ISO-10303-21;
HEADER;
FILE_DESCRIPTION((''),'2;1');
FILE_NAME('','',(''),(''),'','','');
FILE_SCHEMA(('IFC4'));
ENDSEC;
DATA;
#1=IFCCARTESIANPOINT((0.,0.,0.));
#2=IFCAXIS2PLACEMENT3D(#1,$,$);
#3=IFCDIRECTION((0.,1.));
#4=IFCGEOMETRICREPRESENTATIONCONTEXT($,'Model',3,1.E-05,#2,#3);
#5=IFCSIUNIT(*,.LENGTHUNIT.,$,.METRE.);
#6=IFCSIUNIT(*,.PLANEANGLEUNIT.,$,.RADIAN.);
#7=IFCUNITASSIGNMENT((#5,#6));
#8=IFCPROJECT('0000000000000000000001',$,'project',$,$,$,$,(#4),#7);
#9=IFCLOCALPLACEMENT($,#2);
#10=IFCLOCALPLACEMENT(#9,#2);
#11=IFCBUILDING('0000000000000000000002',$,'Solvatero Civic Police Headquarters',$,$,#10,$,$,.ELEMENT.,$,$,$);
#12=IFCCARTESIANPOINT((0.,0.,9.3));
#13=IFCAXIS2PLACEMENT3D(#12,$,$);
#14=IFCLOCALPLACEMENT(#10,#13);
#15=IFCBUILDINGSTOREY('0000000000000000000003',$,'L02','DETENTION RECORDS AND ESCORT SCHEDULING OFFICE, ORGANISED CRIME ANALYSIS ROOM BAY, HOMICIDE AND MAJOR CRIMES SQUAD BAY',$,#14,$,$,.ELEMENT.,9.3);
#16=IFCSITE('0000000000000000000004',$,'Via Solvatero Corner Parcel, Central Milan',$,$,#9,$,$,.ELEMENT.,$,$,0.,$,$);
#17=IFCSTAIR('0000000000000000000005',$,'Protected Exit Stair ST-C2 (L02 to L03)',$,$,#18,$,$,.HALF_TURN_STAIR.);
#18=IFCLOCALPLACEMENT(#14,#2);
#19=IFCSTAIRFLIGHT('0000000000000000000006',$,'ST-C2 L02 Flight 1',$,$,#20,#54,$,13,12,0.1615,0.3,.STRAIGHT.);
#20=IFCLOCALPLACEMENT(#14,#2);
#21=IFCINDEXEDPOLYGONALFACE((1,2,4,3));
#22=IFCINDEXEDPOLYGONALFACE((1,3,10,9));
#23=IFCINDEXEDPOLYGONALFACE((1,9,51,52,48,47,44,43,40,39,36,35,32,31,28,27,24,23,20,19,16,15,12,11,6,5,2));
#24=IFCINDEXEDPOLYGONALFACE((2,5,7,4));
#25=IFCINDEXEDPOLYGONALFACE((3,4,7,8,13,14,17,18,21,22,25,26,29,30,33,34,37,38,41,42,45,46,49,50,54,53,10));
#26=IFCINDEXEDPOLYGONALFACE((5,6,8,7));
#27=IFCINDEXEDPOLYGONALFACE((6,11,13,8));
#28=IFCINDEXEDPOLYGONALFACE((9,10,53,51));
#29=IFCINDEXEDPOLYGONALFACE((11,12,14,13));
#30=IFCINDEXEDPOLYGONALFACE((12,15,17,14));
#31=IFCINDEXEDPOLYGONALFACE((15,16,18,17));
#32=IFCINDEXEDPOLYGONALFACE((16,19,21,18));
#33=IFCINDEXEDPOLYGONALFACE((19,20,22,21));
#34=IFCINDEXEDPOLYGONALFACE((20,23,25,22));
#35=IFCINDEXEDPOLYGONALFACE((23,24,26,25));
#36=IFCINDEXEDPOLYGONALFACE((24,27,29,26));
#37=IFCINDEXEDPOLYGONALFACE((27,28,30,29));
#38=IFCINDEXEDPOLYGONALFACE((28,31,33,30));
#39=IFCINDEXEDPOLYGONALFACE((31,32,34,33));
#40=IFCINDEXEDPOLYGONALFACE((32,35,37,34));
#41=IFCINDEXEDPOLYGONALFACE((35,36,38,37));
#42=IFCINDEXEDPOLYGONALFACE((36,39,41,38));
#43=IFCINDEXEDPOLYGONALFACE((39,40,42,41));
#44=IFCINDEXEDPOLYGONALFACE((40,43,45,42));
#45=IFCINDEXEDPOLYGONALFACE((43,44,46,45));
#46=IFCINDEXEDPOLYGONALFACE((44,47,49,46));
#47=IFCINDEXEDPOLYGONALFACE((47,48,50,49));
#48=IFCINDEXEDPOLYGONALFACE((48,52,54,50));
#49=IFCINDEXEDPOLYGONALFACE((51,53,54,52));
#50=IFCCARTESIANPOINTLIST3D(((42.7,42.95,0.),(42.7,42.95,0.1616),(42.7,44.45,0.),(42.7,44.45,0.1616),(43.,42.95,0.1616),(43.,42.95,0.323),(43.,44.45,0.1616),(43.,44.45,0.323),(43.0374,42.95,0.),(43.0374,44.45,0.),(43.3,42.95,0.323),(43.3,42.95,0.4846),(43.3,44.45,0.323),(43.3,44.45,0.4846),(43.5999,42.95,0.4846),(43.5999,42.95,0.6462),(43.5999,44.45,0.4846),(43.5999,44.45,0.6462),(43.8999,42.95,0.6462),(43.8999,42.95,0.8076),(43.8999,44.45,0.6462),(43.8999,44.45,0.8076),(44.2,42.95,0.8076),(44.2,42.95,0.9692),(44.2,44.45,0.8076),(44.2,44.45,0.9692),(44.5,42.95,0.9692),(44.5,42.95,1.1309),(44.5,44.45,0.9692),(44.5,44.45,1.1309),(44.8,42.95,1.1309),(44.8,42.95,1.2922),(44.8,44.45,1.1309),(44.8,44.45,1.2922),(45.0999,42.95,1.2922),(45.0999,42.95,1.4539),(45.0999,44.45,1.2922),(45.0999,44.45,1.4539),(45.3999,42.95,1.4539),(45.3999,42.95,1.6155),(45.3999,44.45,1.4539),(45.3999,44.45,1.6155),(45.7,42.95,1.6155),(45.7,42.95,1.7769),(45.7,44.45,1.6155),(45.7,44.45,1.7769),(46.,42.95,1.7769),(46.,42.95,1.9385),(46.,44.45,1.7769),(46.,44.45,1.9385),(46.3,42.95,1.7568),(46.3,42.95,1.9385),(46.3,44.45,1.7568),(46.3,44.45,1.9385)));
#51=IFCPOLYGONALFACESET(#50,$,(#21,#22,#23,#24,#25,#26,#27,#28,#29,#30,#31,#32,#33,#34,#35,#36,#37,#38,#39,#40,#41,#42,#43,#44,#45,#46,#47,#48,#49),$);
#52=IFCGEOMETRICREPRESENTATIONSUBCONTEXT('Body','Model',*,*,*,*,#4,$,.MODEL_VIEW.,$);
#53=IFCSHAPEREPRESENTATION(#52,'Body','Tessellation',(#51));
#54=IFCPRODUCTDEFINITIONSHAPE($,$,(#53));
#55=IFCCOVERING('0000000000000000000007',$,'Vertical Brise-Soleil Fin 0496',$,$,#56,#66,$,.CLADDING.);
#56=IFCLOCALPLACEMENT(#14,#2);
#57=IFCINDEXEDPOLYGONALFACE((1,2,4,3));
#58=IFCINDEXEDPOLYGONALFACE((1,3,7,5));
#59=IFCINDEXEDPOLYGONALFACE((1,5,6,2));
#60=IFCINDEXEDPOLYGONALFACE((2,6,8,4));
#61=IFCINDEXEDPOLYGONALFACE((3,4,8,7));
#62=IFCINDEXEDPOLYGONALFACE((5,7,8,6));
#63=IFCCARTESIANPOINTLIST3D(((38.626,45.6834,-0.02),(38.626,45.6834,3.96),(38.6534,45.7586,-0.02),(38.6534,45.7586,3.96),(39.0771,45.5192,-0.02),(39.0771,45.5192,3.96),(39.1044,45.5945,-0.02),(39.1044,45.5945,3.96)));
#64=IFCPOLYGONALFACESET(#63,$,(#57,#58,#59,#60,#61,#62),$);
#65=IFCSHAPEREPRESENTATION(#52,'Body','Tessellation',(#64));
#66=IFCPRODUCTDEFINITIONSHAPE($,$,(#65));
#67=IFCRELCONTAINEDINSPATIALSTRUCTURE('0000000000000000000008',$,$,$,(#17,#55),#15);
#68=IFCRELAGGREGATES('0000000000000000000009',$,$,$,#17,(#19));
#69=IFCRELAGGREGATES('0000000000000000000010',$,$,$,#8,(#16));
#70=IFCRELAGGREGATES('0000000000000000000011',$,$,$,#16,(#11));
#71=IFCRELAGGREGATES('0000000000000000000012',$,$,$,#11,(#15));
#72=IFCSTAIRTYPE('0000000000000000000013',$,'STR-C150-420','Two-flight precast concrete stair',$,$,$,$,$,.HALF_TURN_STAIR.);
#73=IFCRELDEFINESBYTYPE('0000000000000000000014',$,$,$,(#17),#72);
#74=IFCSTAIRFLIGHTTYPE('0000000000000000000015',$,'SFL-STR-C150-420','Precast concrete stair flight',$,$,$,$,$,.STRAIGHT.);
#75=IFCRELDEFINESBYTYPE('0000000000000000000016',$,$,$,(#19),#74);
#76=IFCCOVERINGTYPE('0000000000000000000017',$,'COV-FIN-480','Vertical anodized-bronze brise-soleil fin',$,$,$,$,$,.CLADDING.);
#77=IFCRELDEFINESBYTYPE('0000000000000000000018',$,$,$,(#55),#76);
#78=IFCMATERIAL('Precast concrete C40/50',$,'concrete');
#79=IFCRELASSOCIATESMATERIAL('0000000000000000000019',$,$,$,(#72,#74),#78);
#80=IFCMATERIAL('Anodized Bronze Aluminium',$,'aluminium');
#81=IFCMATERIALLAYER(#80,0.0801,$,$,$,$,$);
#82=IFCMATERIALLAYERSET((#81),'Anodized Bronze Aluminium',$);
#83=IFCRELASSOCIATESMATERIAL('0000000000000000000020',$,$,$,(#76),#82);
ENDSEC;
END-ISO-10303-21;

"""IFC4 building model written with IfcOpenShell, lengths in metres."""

from ifc_helpers import new_model, si_unit, direction, frame, origin, origin_2d, place, context, subcontext, project, spatial, polyline, rectangle, outline, extrude, material, layer, layer_set, type_object, element, aggregate, save


model = new_model("IFC4")

# Units and contexts
model_context = context("Model", 3, precision=1e-05, world=origin(), true_north=direction((0.0, 1.0)))
body_context = subcontext(model_context, "Body", "Model", "MODEL_VIEW")
ifc_project = project(units=[si_unit("LENGTHUNIT", "METRE"), si_unit("PLANEANGLEUNIT", "RADIAN")], contexts=[model_context])

# Site, building, storey
site_placement = place(None, origin())
site = spatial("IfcSite", under=ifc_project, at=site_placement, Name="Via Solvatero Corner Parcel, Central Milan", CompositionType="ELEMENT", RefElevation=0.0)
building_placement = place(site_placement, origin())
building = spatial("IfcBuilding", under=site, at=building_placement, Name="Solvatero Civic Police Headquarters", CompositionType="ELEMENT")
storey_placement = place(building_placement, frame((0.0, 0.0, 9.3)))
storey = spatial("IfcBuildingStorey", under=building, at=storey_placement, Name="L02", Description="DETENTION RECORDS AND ESCORT SCHEDULING OFFICE, ORGANISED CRIME ANALYSIS ROOM BAY, HOMICIDE AND MAJOR CRIMES SQUAD BAY", CompositionType="ELEMENT", Elevation=9.3)

# Shared definitions
ifc_material_1 = material(Name="Anodized Bronze Aluminium", Category="aluminium")

# Stair, stair flight
ifc_material_2 = material(Name="Precast concrete C40/50", Category="concrete")
stair_type = type_object("IfcStairType", Name="STR-C150-420", Description="Two-flight precast concrete stair", PredefinedType="HALF_TURN_STAIR", material=ifc_material_2)
stair_placement = place(storey_placement, origin())
stair = element("IfcStair", 1, at=stair_placement, inside=storey, type_object=stair_type, Name="Protected Exit Stair ST-C2 (L02 to L03)", PredefinedType="HALF_TURN_STAIR")
stair_flight_type = type_object("IfcStairFlightType", Name="SFL-STR-C150-420", Description="Precast concrete stair flight", PredefinedType="STRAIGHT", material=ifc_material_2)
stair_flight_placement = place(storey_placement, frame((42.7, 43.7, 0.0), z_axis=(0.0, 0.0, 1.0), x_axis=(1.0, 0.0, 0.0)))
stair_flight = element("IfcStairFlight", 2, at=stair_flight_placement, type_object=stair_flight_type, Name="ST-C2 L02 Flight 1", NumberOfRisers=13, NumberOfTreads=12, PredefinedType="STRAIGHT", RiserHeight=0.1615, TreadLength=0.3, context=body_context, shape_type="SweptSolid", body=[
    extrude(outline(polyline([(0.0, 0.0), (0.0, 0.1616), (0.3, 0.1616), (0.3, 0.323), (0.6001, 0.323), (0.6001, 0.4846), (0.8999, 0.4846), (0.8999, 0.6462), (1.2, 0.6462), (1.2, 0.8076), (1.5, 0.8076), (1.5, 0.9692), (1.8, 0.9692), (1.8, 1.1309), (2.1001, 1.1309), (2.1001, 1.2922), (2.3999, 1.2922), (2.3999, 1.4539), (2.7, 1.4539), (2.7, 1.6155), (3.0, 1.6155), (3.0, 1.7769), (3.3, 1.7769), (3.3, 1.9385), (3.6001, 1.9385), (3.6001, 2.1001), (3.6001, 1.7568), (0.3374, 0.0), (0.0, 0.0)])), frame((0.0, 0.75, 0.0), z_axis=(0.0, -1.0, 0.0), x_axis=(1.0, 0.0, 0.0)), (0.0, 0.0, 1.0), 1.5),
])
aggregate(stair, [stair_flight])

# Covering
ifc_layer_1 = layer(ifc_material_1, 0.0801)
ifc_layer_set_1 = layer_set([ifc_layer_1], Name="Anodized Bronze Aluminium")
covering_type = type_object("IfcCoveringType", Name="COV-FIN-480", Description="Vertical anodized-bronze brise-soleil fin", PredefinedType="CLADDING", material=ifc_layer_set_1)
covering_placement = place(storey_placement, frame((38.8652, 45.6389, -0.02), z_axis=(0.0, 0.0, 1.0), x_axis=(-0.34202, -0.939693, 0.0)))
element("IfcCovering", 3, at=covering_placement, inside=storey, type_object=covering_type, Name="Vertical Brise-Soleil Fin 0496", PredefinedType="CLADDING", context=body_context, shape_type="SweptSolid", body=[
    extrude(rectangle(XDim=0.0801, YDim=0.48, at=origin_2d()), origin(), (0.0, 0.0, 1.0), 3.98),
])

save(model, "model.ifc")
